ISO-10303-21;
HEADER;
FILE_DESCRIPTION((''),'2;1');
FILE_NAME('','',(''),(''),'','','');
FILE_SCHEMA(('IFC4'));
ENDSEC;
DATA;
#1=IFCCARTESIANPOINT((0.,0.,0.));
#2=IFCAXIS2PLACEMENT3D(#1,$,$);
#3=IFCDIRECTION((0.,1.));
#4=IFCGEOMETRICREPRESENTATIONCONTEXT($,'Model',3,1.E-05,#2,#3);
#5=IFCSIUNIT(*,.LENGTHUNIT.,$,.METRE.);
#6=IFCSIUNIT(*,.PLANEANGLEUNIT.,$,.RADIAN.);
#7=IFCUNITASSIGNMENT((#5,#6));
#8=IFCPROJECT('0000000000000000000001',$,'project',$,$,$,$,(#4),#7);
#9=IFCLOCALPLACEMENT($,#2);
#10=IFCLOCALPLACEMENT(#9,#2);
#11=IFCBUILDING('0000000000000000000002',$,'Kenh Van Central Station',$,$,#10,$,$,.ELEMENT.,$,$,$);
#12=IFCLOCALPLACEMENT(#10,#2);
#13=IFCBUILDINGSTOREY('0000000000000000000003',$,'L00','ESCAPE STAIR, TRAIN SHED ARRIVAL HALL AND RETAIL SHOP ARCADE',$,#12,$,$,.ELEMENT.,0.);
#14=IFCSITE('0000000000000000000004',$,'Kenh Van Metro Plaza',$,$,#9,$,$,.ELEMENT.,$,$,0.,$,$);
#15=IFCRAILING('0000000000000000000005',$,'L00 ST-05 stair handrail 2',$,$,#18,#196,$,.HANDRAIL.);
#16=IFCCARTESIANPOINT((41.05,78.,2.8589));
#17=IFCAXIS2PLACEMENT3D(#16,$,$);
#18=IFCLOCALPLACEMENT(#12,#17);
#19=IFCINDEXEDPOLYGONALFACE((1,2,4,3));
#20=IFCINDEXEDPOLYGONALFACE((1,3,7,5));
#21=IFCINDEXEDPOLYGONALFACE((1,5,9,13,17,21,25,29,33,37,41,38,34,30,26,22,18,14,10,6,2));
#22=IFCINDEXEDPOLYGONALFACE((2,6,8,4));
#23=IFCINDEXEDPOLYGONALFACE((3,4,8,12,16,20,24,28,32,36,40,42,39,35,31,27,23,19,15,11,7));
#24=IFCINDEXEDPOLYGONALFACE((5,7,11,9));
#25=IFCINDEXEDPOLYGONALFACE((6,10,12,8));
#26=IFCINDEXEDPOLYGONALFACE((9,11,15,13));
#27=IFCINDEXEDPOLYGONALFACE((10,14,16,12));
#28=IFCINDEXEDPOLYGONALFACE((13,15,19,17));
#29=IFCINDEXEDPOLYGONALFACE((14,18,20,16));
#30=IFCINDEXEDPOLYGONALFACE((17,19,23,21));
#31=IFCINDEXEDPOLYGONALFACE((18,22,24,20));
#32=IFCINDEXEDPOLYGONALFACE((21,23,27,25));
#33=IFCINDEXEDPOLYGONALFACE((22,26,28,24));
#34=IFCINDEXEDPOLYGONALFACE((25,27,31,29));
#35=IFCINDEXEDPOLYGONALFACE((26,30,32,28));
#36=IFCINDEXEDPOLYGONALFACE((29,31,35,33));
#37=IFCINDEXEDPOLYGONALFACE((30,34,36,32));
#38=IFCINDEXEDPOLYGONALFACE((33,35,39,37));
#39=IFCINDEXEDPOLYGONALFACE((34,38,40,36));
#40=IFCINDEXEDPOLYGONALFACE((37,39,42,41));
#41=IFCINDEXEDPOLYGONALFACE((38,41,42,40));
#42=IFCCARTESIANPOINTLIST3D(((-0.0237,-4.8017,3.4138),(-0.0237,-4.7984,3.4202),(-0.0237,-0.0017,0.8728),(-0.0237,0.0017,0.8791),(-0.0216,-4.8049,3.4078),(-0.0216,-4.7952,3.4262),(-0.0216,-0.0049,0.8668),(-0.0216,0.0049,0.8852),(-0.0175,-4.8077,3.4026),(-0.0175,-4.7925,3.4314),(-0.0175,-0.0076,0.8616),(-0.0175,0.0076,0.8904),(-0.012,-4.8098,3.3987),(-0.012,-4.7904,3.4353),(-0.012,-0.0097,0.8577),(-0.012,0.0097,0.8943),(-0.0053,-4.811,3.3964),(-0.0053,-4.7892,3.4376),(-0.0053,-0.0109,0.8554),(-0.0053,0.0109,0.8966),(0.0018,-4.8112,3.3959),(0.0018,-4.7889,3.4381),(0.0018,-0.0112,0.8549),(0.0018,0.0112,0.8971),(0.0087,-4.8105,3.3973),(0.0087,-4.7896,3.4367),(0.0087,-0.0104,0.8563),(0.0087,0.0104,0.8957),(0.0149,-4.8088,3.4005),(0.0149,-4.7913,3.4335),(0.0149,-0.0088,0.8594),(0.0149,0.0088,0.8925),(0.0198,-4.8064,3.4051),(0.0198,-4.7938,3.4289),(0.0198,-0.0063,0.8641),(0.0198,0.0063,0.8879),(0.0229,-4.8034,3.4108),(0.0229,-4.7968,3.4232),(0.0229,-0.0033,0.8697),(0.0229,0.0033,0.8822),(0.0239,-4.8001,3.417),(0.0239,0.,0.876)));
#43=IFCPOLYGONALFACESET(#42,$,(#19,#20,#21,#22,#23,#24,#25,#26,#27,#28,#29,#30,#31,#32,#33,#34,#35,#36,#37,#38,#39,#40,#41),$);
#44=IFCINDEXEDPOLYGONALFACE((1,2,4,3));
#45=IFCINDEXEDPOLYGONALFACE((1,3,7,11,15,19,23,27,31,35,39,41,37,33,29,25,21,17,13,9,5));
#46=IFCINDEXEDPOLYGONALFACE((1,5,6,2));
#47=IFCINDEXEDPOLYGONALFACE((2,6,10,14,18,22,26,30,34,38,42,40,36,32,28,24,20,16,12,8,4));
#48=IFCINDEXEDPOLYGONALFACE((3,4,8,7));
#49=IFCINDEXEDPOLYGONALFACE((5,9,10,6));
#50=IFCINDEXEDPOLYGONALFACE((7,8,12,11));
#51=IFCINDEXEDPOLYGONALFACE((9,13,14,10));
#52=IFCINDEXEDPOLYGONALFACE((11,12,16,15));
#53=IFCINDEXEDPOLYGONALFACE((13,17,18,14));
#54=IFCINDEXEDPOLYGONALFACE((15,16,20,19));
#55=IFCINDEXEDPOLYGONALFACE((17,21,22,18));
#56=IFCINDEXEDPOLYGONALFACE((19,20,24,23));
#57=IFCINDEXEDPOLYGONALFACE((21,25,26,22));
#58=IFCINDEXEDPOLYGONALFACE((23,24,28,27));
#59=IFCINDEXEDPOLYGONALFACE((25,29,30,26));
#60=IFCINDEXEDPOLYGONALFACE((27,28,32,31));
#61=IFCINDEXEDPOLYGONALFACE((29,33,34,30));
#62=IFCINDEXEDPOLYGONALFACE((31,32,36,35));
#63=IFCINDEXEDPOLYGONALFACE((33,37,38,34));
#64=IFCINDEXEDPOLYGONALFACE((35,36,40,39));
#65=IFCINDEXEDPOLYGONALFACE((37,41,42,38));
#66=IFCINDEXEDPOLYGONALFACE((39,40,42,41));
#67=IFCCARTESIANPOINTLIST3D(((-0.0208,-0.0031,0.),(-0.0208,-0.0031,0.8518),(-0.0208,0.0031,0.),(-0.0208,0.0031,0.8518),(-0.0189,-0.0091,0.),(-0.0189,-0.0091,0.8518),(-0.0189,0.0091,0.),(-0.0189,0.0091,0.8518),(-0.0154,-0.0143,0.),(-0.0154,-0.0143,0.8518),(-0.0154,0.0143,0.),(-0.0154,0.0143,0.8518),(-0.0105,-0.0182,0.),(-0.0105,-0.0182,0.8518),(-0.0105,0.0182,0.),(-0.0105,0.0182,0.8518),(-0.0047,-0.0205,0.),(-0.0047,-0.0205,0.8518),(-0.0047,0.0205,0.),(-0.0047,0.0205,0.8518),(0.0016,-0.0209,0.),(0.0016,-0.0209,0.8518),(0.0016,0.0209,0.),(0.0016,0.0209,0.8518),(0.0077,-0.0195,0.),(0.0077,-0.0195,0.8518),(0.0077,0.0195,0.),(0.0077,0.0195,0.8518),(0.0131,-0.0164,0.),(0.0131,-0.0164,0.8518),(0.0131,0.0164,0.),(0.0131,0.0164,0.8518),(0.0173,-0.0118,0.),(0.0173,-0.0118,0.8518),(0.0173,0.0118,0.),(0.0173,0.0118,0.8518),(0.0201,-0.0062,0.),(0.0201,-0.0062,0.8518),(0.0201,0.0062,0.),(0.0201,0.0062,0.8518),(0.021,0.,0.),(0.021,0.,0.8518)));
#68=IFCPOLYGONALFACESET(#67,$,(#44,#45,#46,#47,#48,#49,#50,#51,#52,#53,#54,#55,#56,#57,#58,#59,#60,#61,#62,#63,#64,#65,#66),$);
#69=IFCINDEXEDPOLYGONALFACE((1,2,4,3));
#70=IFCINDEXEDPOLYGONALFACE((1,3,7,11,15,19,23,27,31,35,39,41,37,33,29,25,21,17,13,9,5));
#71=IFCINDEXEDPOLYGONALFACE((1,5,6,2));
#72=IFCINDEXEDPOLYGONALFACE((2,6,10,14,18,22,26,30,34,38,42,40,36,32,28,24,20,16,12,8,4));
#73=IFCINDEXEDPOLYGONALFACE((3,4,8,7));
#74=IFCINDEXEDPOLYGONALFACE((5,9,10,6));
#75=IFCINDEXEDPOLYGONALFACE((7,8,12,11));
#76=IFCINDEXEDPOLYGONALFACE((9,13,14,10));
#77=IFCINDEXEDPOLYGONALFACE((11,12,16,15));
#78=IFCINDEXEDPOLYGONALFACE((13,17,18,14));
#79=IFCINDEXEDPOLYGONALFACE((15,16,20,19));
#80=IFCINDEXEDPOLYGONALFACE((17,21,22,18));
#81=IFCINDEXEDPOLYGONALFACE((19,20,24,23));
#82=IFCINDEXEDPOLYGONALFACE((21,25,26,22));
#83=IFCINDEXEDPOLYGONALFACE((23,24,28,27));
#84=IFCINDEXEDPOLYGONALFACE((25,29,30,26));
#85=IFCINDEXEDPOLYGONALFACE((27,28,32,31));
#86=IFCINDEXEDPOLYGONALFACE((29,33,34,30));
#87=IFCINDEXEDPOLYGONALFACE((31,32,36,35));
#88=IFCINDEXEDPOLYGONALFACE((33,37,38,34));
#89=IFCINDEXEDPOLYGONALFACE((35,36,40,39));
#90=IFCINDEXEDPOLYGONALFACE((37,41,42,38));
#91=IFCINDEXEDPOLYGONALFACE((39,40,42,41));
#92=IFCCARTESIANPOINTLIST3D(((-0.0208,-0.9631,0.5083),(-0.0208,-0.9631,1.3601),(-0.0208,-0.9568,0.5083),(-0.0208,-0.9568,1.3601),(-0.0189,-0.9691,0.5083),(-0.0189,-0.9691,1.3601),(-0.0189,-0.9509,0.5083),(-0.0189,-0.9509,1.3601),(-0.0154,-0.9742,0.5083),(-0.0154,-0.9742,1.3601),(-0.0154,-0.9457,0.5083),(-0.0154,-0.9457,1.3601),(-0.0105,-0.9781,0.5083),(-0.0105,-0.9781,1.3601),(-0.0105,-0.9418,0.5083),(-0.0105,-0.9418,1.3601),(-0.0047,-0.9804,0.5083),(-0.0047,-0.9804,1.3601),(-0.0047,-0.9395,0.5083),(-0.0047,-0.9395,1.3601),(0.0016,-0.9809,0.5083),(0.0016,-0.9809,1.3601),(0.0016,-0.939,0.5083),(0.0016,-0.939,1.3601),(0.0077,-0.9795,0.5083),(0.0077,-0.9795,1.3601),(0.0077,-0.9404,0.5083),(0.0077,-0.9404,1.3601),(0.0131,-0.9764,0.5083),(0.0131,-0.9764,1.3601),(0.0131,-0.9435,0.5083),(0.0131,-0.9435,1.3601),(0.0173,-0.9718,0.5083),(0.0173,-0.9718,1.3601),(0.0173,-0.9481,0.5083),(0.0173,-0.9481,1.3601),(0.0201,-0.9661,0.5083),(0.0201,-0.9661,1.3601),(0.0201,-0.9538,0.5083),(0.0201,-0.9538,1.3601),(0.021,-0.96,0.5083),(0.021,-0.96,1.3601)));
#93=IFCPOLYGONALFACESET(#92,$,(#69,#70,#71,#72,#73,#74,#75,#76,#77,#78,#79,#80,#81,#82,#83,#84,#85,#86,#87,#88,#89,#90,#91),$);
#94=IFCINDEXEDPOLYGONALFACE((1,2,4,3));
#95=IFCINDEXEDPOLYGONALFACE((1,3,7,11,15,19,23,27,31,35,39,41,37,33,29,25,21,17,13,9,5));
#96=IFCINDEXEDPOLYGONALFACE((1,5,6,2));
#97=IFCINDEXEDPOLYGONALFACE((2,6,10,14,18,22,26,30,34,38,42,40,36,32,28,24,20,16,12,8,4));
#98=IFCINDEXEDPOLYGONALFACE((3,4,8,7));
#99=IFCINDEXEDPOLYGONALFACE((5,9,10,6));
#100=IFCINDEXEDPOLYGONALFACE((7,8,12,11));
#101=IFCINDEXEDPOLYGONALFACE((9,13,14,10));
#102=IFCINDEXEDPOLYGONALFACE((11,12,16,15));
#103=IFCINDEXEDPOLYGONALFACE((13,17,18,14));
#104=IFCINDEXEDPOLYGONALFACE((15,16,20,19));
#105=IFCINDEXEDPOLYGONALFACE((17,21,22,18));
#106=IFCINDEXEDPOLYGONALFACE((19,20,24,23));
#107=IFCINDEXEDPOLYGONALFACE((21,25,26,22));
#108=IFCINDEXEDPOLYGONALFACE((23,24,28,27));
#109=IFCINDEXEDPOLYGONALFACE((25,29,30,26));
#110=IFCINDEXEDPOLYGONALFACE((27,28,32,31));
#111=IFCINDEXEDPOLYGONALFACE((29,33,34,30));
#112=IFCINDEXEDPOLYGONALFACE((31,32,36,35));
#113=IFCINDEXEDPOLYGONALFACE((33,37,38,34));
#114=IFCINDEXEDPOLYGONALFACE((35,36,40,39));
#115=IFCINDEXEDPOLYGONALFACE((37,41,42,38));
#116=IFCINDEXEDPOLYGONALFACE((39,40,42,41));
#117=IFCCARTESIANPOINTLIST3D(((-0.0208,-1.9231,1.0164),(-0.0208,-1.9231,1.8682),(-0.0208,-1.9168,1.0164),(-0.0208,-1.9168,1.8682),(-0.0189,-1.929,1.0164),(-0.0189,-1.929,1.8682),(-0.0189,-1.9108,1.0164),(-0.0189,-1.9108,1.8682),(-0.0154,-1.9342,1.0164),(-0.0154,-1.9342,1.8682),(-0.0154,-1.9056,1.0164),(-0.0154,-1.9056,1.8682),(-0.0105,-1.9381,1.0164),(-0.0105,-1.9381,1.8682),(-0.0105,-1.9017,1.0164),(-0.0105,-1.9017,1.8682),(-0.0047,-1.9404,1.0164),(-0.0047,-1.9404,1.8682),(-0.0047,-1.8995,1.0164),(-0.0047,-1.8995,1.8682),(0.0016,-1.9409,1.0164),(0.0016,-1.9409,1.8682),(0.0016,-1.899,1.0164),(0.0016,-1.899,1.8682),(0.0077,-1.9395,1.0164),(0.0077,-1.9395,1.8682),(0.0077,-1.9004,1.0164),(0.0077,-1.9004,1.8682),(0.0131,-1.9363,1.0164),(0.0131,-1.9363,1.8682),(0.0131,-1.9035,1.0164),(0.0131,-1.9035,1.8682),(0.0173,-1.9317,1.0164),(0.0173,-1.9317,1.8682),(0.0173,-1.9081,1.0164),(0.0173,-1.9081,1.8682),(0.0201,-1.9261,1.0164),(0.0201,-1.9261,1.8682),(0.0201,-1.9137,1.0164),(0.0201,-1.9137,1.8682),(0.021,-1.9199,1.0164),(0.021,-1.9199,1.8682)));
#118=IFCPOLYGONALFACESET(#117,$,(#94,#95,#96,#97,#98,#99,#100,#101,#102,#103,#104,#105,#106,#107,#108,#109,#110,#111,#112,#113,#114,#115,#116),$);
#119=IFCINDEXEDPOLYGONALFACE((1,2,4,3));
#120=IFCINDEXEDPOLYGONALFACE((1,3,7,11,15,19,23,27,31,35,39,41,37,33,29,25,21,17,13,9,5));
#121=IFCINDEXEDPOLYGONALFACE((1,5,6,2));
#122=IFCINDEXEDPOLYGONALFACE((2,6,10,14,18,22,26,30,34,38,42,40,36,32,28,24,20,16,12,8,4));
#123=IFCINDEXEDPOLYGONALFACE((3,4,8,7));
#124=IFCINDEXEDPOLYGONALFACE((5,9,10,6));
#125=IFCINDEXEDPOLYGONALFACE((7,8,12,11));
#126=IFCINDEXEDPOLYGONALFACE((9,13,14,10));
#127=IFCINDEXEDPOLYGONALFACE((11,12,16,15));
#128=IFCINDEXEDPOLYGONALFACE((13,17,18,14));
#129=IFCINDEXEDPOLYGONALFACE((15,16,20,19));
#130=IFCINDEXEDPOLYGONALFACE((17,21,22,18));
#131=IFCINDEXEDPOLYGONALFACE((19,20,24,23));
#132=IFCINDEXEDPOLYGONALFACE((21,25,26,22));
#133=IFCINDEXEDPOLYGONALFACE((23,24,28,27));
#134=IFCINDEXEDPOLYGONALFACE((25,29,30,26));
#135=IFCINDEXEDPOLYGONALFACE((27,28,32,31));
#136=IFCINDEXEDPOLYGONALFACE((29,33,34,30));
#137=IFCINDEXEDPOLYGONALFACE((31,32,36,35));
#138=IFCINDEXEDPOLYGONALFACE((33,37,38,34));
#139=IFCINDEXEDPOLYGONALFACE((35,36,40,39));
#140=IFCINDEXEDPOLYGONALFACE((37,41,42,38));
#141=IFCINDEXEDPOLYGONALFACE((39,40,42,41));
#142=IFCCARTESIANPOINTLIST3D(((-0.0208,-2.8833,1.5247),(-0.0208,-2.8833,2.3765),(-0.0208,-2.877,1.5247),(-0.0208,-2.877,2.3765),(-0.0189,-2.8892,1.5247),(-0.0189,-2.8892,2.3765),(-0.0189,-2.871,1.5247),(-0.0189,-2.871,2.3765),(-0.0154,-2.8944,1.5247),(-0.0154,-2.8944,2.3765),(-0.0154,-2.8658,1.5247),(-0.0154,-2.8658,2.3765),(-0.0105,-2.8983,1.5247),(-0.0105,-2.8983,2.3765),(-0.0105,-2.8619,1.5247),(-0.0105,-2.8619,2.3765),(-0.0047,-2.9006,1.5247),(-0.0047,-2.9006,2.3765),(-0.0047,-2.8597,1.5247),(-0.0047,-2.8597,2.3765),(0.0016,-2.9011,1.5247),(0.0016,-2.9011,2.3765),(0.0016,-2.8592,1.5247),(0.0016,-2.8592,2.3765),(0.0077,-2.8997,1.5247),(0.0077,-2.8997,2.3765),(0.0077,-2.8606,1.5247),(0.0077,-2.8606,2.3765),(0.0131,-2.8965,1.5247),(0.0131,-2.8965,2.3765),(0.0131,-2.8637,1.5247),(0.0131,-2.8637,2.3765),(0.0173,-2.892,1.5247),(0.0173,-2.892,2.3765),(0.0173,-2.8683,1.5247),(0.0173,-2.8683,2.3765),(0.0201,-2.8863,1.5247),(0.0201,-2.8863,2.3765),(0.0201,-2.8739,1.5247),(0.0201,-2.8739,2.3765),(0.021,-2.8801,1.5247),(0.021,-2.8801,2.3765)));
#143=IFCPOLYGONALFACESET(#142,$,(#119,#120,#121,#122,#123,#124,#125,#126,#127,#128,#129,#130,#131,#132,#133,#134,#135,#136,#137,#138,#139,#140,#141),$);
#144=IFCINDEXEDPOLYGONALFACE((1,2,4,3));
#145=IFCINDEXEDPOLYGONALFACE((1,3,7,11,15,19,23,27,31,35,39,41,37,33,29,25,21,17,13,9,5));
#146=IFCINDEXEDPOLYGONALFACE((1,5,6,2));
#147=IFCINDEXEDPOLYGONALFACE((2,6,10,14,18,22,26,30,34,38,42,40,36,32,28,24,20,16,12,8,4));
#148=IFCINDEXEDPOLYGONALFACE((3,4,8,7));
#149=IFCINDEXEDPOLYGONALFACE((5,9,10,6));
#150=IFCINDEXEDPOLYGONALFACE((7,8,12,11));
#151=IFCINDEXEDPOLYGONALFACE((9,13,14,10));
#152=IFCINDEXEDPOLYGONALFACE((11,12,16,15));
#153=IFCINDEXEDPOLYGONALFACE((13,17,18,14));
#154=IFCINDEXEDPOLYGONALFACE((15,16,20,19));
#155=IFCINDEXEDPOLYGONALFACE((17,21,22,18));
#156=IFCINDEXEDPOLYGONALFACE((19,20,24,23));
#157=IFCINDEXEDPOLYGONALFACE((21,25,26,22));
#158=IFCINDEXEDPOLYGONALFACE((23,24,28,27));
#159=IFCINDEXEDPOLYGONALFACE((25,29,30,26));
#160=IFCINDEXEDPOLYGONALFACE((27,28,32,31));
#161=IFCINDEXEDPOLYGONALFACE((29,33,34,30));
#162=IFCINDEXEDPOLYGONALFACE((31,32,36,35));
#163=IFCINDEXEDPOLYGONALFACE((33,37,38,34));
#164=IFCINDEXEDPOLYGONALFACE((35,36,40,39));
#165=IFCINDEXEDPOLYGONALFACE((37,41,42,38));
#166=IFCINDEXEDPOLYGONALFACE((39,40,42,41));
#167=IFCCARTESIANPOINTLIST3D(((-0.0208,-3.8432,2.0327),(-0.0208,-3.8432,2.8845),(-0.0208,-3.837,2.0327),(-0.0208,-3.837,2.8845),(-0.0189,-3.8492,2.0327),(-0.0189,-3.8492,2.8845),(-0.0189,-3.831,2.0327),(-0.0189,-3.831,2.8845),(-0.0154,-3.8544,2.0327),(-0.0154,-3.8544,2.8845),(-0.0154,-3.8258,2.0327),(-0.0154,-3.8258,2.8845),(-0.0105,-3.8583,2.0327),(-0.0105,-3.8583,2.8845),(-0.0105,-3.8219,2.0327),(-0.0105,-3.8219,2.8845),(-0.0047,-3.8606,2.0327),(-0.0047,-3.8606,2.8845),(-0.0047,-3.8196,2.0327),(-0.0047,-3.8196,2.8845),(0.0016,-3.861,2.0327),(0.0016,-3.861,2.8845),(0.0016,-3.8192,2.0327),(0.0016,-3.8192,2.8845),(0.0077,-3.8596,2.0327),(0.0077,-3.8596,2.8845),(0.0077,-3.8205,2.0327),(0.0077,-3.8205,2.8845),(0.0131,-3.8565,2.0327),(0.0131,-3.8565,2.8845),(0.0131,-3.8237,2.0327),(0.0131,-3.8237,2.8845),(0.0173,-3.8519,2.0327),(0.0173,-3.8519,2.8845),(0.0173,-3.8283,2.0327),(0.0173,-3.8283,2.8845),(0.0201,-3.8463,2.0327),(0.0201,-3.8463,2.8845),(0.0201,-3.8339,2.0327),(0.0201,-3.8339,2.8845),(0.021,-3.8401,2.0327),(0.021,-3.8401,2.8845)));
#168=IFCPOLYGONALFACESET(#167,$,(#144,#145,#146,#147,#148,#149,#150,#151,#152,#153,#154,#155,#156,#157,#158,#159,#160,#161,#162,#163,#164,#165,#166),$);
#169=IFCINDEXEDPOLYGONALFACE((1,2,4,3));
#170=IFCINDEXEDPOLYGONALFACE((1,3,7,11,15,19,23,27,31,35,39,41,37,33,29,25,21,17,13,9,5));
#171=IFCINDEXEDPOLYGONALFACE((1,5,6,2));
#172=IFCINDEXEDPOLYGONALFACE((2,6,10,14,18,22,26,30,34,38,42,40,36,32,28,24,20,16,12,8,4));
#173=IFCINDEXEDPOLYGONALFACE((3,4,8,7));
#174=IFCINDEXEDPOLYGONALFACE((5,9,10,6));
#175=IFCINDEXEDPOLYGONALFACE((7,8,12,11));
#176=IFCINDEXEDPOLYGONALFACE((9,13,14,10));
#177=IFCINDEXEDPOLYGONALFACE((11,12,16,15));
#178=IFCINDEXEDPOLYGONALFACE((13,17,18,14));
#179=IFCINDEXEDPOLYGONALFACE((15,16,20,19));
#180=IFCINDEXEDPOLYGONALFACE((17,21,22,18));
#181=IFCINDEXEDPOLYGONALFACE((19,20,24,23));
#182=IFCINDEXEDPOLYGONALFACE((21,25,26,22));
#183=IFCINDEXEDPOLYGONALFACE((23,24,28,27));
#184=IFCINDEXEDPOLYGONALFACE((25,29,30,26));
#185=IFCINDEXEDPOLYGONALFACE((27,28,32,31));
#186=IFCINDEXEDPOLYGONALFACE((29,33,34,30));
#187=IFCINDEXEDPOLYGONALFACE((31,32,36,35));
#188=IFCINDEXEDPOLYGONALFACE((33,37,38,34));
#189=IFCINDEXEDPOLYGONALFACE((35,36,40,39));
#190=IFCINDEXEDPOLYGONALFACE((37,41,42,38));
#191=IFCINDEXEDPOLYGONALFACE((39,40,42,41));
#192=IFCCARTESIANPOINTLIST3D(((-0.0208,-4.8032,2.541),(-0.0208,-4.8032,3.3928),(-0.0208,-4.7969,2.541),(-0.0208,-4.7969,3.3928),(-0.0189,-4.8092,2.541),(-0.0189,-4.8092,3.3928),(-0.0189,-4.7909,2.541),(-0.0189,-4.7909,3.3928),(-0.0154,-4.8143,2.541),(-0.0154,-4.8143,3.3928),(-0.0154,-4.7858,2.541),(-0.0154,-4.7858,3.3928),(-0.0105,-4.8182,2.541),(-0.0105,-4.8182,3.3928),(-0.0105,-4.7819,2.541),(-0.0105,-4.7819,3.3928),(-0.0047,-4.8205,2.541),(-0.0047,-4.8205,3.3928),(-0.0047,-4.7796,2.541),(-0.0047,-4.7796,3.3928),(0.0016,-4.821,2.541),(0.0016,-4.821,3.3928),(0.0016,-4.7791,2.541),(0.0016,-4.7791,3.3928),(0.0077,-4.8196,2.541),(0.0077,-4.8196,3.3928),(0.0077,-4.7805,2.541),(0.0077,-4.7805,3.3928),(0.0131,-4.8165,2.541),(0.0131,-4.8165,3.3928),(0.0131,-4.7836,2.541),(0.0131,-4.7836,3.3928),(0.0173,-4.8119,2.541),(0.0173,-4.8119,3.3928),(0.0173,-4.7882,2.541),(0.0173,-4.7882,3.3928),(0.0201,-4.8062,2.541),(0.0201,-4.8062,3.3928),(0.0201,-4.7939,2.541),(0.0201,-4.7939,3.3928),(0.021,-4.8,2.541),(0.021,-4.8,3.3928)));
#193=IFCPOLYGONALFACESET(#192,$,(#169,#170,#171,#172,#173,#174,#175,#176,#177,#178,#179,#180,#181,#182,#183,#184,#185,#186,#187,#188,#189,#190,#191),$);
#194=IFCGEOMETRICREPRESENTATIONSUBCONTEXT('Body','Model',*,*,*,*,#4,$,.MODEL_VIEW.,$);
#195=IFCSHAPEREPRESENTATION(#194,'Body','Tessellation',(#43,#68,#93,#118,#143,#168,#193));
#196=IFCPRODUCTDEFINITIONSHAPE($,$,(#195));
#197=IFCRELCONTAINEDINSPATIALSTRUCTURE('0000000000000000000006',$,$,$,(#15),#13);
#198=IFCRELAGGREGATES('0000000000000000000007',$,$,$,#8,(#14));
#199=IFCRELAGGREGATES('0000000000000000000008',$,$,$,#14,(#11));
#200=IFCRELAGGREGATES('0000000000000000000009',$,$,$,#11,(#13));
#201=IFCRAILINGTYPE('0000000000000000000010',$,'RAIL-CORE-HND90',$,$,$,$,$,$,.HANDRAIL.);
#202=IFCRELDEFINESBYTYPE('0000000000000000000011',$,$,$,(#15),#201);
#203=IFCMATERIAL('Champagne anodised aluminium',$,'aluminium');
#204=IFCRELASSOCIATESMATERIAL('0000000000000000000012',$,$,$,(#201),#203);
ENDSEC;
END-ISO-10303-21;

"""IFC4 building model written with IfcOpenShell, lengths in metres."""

from ifc_helpers import new_model, si_unit, direction, frame, origin, origin_2d, place, context, subcontext, project, spatial, circle, extrude, material, type_object, element, save


model = new_model("IFC4")

# Units and contexts
model_context = context("Model", 3, precision=1e-05, world=origin(), true_north=direction((0.0, 1.0)))
body_context = subcontext(model_context, "Body", "Model", "MODEL_VIEW")
ifc_project = project(units=[si_unit("LENGTHUNIT", "METRE"), si_unit("PLANEANGLEUNIT", "RADIAN")], contexts=[model_context])

# Site, building, storey
site_placement = place(None, origin())
site = spatial("IfcSite", under=ifc_project, at=site_placement, Name="Kenh Van Metro Plaza", CompositionType="ELEMENT", RefElevation=0.0)
building_placement = place(site_placement, origin())
building = spatial("IfcBuilding", under=site, at=building_placement, Name="Kenh Van Central Station", CompositionType="ELEMENT")
storey_placement = place(building_placement, origin())
storey = spatial("IfcBuildingStorey", under=building, at=storey_placement, Name="L00", Description="ESCAPE STAIR, TRAIN SHED ARRIVAL HALL AND RETAIL SHOP ARCADE", CompositionType="ELEMENT", Elevation=0.0)

# Shared definitions
ifc_material_1 = material(Name="Champagne anodised aluminium", Category="aluminium")

# Railing
railing_type_1 = type_object("IfcRailingType", Name="RAIL-CORE-HND90", PredefinedType="HANDRAIL", material=ifc_material_1)
railing_1_placement = place(storey_placement, frame((41.05, 78.0, 2.8589)))
element("IfcRailing", 1, at=railing_1_placement, inside=storey, type_object=railing_type_1, Name="L00 ST-05 stair handrail 2", PredefinedType="HANDRAIL", context=body_context, shape_type="SweptSolid", body=[
    extrude(circle(Radius=0.0239, at=origin_2d()), frame((0.0, 0.0, 0.876), z_axis=(0.0, -0.883802, 0.467861), x_axis=(1.0, 0.0, 0.0)), (0.0, 0.0, 1.0), 5.4312),
    extrude(circle(Radius=0.021, at=origin_2d()), origin(), (0.0, 0.0, 1.0), 0.8518),
    extrude(circle(Radius=0.021, at=origin_2d()), frame((0.0, -0.96, 0.5083)), (0.0, 0.0, 1.0), 0.8518),
    extrude(circle(Radius=0.021, at=origin_2d()), frame((0.0, -1.9199, 1.0164)), (0.0, 0.0, 1.0), 0.8518),
    extrude(circle(Radius=0.021, at=origin_2d()), frame((0.0, -2.8801, 1.5247)), (0.0, 0.0, 1.0), 0.8518),
    extrude(circle(Radius=0.021, at=origin_2d()), frame((0.0, -3.8401, 2.0327)), (0.0, 0.0, 1.0), 0.8518),
    extrude(circle(Radius=0.021, at=origin_2d()), frame((0.0, -4.8, 2.541)), (0.0, 0.0, 1.0), 0.8518),
])

save(model, "model.ifc")
